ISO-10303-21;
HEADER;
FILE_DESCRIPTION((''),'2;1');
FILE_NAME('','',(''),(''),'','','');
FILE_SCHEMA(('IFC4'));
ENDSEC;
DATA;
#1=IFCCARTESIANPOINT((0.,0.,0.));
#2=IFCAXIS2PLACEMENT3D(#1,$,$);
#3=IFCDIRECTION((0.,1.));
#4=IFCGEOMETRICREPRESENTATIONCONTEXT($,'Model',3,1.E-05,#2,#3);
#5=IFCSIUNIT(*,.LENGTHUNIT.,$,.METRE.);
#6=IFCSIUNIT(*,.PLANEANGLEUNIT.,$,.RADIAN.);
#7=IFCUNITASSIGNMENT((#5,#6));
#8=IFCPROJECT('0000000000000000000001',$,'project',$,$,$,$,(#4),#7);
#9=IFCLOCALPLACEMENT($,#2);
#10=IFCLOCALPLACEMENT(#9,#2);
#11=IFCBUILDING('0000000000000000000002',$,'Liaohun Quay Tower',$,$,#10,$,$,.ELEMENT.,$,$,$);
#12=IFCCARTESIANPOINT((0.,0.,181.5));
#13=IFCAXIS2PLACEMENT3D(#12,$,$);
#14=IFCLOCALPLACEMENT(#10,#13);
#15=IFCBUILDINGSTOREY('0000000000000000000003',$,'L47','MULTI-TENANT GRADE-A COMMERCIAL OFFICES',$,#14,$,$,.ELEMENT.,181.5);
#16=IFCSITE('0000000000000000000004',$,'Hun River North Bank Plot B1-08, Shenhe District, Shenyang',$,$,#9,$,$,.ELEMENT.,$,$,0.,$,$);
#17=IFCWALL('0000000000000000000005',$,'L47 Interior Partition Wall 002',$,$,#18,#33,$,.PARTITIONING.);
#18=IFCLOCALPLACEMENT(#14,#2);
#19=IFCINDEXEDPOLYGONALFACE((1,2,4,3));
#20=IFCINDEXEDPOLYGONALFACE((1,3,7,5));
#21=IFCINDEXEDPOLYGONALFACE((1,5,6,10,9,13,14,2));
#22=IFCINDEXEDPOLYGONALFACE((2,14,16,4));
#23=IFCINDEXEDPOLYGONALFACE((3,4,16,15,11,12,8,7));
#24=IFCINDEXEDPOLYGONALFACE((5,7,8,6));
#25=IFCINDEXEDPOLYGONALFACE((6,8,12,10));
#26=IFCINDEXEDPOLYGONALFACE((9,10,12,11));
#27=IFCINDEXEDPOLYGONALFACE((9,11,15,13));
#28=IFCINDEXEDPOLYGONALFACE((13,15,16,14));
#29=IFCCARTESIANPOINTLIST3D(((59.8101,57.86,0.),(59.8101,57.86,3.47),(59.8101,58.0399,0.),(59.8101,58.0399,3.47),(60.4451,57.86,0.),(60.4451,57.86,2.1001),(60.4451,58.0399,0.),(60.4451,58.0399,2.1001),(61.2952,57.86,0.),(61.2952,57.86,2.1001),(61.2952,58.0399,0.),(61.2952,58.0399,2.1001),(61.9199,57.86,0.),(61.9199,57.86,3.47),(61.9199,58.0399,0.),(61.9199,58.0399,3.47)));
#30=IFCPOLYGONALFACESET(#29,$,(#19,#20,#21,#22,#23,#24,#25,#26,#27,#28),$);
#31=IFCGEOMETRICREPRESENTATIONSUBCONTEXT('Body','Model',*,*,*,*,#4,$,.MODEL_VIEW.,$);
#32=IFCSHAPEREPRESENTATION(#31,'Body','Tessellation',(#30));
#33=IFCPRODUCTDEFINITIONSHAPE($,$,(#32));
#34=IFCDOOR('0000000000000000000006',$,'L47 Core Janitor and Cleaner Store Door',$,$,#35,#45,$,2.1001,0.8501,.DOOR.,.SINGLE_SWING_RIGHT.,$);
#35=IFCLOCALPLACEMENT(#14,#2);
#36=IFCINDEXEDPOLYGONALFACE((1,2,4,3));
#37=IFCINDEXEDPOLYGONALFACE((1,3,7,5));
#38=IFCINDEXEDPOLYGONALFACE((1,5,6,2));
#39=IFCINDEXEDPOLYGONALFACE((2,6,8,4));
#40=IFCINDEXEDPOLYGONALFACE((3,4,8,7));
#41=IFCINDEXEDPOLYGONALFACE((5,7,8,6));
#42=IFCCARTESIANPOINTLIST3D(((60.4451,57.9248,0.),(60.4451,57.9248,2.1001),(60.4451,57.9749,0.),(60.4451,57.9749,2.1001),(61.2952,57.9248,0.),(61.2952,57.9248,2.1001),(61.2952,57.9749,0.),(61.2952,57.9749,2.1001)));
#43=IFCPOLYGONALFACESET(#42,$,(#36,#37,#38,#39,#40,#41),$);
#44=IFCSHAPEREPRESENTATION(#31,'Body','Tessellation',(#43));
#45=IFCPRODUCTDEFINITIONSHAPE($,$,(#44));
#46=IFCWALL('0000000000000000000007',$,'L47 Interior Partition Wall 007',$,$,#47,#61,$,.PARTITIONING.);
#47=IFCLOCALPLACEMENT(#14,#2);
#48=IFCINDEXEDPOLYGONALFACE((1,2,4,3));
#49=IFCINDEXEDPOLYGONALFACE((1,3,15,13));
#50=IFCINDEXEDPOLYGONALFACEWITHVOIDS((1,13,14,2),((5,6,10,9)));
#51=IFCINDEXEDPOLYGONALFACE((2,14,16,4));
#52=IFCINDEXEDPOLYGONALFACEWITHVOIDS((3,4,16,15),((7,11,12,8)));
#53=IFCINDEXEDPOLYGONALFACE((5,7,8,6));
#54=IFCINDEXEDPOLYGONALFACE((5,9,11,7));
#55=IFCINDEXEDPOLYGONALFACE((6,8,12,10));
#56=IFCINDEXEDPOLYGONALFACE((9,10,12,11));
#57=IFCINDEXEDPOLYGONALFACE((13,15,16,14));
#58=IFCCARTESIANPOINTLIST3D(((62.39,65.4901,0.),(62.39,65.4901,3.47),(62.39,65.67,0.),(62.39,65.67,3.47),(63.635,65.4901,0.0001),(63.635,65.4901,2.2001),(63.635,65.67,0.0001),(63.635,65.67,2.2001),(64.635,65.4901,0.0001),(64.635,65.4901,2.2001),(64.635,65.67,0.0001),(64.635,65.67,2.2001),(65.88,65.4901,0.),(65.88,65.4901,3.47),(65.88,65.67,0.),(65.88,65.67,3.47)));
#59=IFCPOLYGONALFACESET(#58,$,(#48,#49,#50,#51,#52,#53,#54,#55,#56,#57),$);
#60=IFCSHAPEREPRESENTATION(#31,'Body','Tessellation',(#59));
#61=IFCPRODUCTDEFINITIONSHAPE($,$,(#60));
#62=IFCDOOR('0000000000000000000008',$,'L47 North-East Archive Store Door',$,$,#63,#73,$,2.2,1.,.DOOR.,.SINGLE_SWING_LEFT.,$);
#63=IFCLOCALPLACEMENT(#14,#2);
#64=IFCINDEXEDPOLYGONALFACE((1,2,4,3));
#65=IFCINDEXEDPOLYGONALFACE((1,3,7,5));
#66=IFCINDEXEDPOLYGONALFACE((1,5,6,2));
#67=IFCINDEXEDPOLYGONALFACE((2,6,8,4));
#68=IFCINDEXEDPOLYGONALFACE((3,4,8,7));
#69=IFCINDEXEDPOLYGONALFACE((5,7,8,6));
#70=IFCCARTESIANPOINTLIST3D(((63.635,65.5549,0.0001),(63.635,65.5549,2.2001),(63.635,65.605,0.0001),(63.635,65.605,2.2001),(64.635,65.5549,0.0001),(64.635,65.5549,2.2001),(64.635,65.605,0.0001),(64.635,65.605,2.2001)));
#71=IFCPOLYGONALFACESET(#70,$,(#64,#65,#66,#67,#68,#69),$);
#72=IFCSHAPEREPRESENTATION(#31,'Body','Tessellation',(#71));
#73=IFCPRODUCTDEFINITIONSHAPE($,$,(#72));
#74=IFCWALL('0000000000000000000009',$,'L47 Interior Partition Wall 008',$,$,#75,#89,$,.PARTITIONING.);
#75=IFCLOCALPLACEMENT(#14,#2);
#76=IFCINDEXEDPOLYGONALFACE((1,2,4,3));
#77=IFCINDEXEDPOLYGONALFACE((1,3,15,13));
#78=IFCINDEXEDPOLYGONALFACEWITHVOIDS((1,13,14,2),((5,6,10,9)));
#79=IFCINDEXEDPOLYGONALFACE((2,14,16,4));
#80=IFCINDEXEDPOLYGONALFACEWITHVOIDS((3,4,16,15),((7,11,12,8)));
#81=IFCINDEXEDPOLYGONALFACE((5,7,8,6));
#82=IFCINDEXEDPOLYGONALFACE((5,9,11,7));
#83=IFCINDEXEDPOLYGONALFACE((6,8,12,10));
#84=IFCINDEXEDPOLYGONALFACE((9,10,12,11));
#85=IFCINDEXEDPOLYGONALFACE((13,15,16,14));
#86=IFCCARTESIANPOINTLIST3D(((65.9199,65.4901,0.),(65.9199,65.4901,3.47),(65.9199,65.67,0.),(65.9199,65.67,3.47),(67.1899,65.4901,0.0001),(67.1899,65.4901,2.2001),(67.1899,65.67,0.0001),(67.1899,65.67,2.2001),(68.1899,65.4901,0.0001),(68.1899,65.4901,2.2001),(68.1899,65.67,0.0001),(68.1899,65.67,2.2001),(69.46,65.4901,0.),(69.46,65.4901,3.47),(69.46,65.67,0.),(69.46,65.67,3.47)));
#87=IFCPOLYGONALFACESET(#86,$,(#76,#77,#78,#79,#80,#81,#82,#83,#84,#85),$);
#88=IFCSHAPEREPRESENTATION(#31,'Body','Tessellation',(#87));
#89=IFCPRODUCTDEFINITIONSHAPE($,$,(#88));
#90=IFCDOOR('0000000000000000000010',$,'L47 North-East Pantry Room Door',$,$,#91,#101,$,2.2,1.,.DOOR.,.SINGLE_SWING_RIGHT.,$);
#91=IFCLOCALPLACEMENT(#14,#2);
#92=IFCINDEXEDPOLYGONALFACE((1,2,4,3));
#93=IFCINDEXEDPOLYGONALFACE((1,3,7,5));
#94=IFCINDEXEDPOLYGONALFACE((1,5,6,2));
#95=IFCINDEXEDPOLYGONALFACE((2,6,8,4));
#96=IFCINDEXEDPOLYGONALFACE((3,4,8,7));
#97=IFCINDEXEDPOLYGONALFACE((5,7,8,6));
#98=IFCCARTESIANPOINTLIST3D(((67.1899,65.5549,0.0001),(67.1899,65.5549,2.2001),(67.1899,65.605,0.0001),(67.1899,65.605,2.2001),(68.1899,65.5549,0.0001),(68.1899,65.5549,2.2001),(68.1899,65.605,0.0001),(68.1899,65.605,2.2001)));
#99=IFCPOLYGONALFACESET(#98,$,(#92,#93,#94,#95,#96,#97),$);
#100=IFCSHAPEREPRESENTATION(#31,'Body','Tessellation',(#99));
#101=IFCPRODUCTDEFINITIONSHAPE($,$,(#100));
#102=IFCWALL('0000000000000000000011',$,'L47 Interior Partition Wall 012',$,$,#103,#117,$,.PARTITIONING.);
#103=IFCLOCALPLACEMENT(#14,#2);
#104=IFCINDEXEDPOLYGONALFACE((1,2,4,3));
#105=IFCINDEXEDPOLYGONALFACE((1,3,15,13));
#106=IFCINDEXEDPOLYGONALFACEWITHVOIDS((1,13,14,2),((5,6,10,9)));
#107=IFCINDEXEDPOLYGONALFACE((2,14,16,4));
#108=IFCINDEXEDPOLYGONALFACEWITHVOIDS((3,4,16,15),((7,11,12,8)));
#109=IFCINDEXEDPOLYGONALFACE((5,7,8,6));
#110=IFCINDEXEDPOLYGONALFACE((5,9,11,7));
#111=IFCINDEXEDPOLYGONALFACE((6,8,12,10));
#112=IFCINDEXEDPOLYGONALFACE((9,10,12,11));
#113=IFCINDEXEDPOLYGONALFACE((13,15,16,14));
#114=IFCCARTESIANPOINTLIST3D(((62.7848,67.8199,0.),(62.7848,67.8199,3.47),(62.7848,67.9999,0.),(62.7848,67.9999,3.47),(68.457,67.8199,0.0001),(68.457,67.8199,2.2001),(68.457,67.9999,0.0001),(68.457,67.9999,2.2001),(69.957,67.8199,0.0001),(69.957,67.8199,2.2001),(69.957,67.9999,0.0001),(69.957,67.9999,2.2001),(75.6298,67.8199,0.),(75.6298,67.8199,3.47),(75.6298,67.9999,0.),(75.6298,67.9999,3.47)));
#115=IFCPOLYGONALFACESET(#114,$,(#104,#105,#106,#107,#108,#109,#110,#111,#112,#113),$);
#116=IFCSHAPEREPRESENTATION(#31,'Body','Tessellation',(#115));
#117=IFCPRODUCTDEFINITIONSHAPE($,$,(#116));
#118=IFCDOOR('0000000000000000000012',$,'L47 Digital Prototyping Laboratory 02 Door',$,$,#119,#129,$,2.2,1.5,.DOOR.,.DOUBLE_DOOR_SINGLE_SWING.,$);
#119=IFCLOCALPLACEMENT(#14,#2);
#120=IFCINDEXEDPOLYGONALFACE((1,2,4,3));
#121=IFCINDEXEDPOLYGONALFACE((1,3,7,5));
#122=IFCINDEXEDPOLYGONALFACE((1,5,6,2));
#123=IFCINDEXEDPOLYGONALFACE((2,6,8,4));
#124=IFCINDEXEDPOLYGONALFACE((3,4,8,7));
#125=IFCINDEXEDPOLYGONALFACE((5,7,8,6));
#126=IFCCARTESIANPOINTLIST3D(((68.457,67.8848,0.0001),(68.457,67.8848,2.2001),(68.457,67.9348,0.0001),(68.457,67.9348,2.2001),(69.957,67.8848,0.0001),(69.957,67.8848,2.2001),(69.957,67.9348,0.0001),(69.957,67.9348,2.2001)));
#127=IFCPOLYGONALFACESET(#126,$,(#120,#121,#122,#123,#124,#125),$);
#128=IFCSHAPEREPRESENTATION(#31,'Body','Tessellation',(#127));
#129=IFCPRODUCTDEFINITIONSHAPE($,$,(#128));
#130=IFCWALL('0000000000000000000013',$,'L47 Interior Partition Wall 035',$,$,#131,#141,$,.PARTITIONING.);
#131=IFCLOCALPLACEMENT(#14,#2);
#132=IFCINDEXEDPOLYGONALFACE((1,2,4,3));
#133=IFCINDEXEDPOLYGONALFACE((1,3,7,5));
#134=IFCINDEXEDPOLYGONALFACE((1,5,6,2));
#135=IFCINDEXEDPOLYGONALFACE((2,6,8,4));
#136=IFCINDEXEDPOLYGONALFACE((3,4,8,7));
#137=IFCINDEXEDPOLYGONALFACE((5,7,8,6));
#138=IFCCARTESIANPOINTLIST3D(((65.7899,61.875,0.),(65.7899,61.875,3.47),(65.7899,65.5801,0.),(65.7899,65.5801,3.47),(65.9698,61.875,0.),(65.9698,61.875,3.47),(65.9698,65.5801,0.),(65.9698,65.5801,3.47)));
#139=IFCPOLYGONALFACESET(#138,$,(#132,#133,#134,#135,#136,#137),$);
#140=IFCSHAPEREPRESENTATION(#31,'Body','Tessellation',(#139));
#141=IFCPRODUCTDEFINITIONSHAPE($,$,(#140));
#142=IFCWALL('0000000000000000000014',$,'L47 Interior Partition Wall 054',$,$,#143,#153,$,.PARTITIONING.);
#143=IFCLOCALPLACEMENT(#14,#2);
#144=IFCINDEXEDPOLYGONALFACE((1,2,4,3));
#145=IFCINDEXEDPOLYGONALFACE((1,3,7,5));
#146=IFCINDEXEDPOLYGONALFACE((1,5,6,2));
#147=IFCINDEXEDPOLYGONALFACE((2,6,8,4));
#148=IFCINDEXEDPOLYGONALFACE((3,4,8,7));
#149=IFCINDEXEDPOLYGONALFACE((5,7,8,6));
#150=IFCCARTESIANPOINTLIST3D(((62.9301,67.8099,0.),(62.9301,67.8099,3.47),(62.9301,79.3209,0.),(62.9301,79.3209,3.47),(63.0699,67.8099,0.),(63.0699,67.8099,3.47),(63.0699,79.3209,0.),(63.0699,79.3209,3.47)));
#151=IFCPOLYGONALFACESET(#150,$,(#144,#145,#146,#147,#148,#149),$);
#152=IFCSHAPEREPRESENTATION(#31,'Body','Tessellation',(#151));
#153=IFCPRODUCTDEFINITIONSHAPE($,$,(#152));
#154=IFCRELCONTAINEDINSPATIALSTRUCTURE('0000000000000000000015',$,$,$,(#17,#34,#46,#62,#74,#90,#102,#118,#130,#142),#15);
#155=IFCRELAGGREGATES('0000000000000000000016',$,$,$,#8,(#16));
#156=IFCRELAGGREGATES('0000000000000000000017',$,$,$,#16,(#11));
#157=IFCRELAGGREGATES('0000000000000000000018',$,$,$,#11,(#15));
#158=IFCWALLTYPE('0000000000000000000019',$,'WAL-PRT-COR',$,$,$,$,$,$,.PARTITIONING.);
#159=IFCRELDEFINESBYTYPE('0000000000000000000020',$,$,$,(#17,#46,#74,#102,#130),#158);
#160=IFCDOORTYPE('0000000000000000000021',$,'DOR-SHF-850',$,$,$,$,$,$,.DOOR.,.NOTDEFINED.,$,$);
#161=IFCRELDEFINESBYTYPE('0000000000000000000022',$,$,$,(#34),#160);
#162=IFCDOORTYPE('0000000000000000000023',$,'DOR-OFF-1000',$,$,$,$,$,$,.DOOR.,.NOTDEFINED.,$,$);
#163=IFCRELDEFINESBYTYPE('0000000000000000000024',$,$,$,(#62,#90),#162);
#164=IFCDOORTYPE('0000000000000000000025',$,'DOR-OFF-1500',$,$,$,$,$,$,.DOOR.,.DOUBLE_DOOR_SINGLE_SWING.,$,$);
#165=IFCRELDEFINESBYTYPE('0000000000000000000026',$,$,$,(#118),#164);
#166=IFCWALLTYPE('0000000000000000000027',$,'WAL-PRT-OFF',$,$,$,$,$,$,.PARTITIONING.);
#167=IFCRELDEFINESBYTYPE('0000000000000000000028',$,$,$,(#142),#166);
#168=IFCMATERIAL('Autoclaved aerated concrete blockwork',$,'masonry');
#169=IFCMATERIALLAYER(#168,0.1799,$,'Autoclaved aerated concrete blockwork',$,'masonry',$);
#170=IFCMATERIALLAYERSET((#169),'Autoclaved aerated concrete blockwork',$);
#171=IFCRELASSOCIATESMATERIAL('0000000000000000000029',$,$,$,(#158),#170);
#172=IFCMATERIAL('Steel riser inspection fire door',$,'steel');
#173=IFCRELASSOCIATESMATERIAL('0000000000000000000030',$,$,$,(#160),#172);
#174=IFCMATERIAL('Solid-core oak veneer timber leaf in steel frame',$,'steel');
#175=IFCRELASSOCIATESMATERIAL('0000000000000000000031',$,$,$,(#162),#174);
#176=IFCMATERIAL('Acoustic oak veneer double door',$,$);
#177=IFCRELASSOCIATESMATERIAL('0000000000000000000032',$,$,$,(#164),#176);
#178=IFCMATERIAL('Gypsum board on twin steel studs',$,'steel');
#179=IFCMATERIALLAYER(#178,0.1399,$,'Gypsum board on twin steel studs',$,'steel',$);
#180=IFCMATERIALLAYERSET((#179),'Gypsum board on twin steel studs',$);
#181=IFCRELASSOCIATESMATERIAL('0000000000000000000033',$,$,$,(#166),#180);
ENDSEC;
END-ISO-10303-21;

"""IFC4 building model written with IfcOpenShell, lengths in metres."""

from ifc_helpers import new_model, si_unit, direction, frame, frame_2d, origin, place, context, subcontext, project, spatial, rectangle, extrude, source, transform, mapped, material, layer, layer_set, type_object, element, fill, save


model = new_model("IFC4")

# Units and contexts
model_context = context("Model", 3, precision=1e-05, world=origin(), true_north=direction((0.0, 1.0)))
body_context = subcontext(model_context, "Body", "Model", "MODEL_VIEW")
ifc_project = project(units=[si_unit("LENGTHUNIT", "METRE"), si_unit("PLANEANGLEUNIT", "RADIAN")], contexts=[model_context])

# Site, building, storey
site_placement = place(None, origin())
site = spatial("IfcSite", under=ifc_project, at=site_placement, Name="Hun River North Bank Plot B1-08, Shenhe District, Shenyang", CompositionType="ELEMENT", RefElevation=0.0)
building_placement = place(site_placement, origin())
building = spatial("IfcBuilding", under=site, at=building_placement, Name="Liaohun Quay Tower", CompositionType="ELEMENT")
storey_placement = place(building_placement, frame((0.0, 0.0, 181.5)))
storey = spatial("IfcBuildingStorey", under=building, at=storey_placement, Name="L47", Description="MULTI-TENANT GRADE-A COMMERCIAL OFFICES", CompositionType="ELEMENT", Elevation=181.5)

# Walls, openings, doors
ifc_material_1 = material(Name="Autoclaved aerated concrete blockwork", Category="masonry")
ifc_layer_1 = layer(ifc_material_1, 0.1799, Name="Autoclaved aerated concrete blockwork", Category="masonry")
ifc_layer_set_1 = layer_set([ifc_layer_1], Name="Autoclaved aerated concrete blockwork")
wall_type_1 = type_object("IfcWallType", Name="WAL-PRT-COR", PredefinedType="PARTITIONING", material=ifc_layer_set_1)
wall_1_placement = place(storey_placement, frame((59.8101, 57.95, 0.0), z_axis=(0.0, 0.0, 1.0), x_axis=(1.0, 0.0, 0.0)))
wall_1 = element("IfcWall", 1, at=wall_1_placement, inside=storey, type_object=wall_type_1, Name="L47 Interior Partition Wall 002", PredefinedType="PARTITIONING", context=body_context, shape_type="SweptSolid", body=[
    extrude(rectangle(XDim=2.1099, YDim=0.1799, at=frame_2d((1.0549, 0.0))), origin(), (0.0, 0.0, 1.0), 3.47),
])
shared_shape_1 = source(origin(), body_context, "Body", "SweptSolid", [
    extrude(rectangle(XDim=0.8501, YDim=2.1001, at=frame_2d((0.425, 1.05))), frame((0.0, 0.0999, 0.0), z_axis=(0.0, -1.0, 0.0), x_axis=(1.0, 0.0, 0.0)), (0.0, 0.0, 1.0), 0.2),
])
opening_1_placement = place(wall_1_placement, frame((0.635, 0.0, 0.0)))
opening_1 = element("IfcOpeningElement", 2, at=opening_1_placement, cuts=wall_1, PredefinedType="OPENING", context=body_context, shape_type="MappedRepresentation", body=[
    mapped(shared_shape_1, transform((0.0, 0.0, 0.0), x_axis=(1.0, 0.0, 0.0), y_axis=(0.0, 1.0, 0.0), z_axis=(0.0, 0.0, 1.0), scale=1.0)),
])
ifc_material_2 = material(Name="Steel riser inspection fire door", Category="steel")
door_type_1 = type_object("IfcDoorType", Name="DOR-SHF-850", OperationType="NOTDEFINED", PredefinedType="DOOR", material=ifc_material_2)
shared_shape_2 = source(origin(), body_context, "Body", "SweptSolid", [
    extrude(rectangle(XDim=0.8501, YDim=2.1001, at=frame_2d((0.425, 1.05))), frame((0.0, 0.0249, 0.0), z_axis=(0.0, -1.0, 0.0), x_axis=(1.0, 0.0, 0.0)), (0.0, 0.0, 1.0), 0.05),
])
door_1_placement = place(opening_1_placement, origin())
door_1 = element("IfcDoor", 3, at=door_1_placement, inside=storey, type_object=door_type_1, Name="L47 Core Janitor and Cleaner Store Door", OperationType="SINGLE_SWING_RIGHT", OverallHeight=2.1001, OverallWidth=0.8501, PredefinedType="DOOR", context=body_context, shape_type="MappedRepresentation", body=[
    mapped(shared_shape_2, transform((0.0, 0.0, 0.0), x_axis=(1.0, 0.0, 0.0), y_axis=(0.0, 1.0, 0.0), z_axis=(0.0, 0.0, 1.0), scale=1.0)),
])
fill(opening_1, door_1)
wall_2_placement = place(storey_placement, frame((62.3899, 65.5801, 0.0), z_axis=(0.0, 0.0, 1.0), x_axis=(1.0, 0.0, 0.0)))
wall_2 = element("IfcWall", 4, at=wall_2_placement, inside=storey, type_object=wall_type_1, Name="L47 Interior Partition Wall 007", PredefinedType="PARTITIONING", context=body_context, shape_type="SweptSolid", body=[
    extrude(rectangle(XDim=3.49, YDim=0.1799, at=frame_2d((1.7451, 0.0))), origin(), (0.0, 0.0, 1.0), 3.47),
])
shared_shape_3 = source(origin(), body_context, "Body", "SweptSolid", [
    extrude(rectangle(XDim=1.0, YDim=2.2, at=frame_2d((0.5, 1.1001))), frame((0.0, 0.0999, 0.0), z_axis=(0.0, -1.0, 0.0), x_axis=(1.0, 0.0, 0.0)), (0.0, 0.0, 1.0), 0.2),
])
opening_2_placement = place(wall_2_placement, frame((1.2451, 0.0, 0.0)))
opening_2 = element("IfcOpeningElement", 5, at=opening_2_placement, cuts=wall_2, PredefinedType="OPENING", context=body_context, shape_type="MappedRepresentation", body=[
    mapped(shared_shape_3, transform((0.0, 0.0, 0.0), x_axis=(1.0, 0.0, 0.0), y_axis=(0.0, 1.0, 0.0), z_axis=(0.0, 0.0, 1.0), scale=1.0)),
])
ifc_material_3 = material(Name="Solid-core oak veneer timber leaf in steel frame", Category="steel")
door_type_2 = type_object("IfcDoorType", Name="DOR-OFF-1000", OperationType="NOTDEFINED", PredefinedType="DOOR", material=ifc_material_3)
shared_shape_4 = source(origin(), body_context, "Body", "SweptSolid", [
    extrude(rectangle(XDim=1.0, YDim=2.2, at=frame_2d((0.5, 1.1001))), frame((0.0, 0.0249, 0.0), z_axis=(0.0, -1.0, 0.0), x_axis=(1.0, 0.0, 0.0)), (0.0, 0.0, 1.0), 0.05),
])
door_2_placement = place(opening_2_placement, origin())
door_2 = element("IfcDoor", 6, at=door_2_placement, inside=storey, type_object=door_type_2, Name="L47 North-East Archive Store Door", OperationType="SINGLE_SWING_LEFT", OverallHeight=2.2, OverallWidth=1.0, PredefinedType="DOOR", context=body_context, shape_type="MappedRepresentation", body=[
    mapped(shared_shape_4, transform((0.0, 0.0, 0.0), x_axis=(1.0, 0.0, 0.0), y_axis=(0.0, 1.0, 0.0), z_axis=(0.0, 0.0, 1.0), scale=1.0)),
])
fill(opening_2, door_2)
wall_3_placement = place(storey_placement, frame((65.9199, 65.5801, 0.0), z_axis=(0.0, 0.0, 1.0), x_axis=(1.0, 0.0, 0.0)))
wall_3 = element("IfcWall", 7, at=wall_3_placement, inside=storey, type_object=wall_type_1, Name="L47 Interior Partition Wall 008", PredefinedType="PARTITIONING", context=body_context, shape_type="SweptSolid", body=[
    extrude(rectangle(XDim=3.54, YDim=0.1799, at=frame_2d((1.77, 0.0))), origin(), (0.0, 0.0, 1.0), 3.47),
])
opening_3_placement = place(wall_3_placement, frame((1.27, 0.0, 0.0)))
opening_3 = element("IfcOpeningElement", 8, at=opening_3_placement, cuts=wall_3, PredefinedType="OPENING", context=body_context, shape_type="MappedRepresentation", body=[
    mapped(shared_shape_3, transform((0.0, 0.0, 0.0), x_axis=(1.0, 0.0, 0.0), y_axis=(0.0, 1.0, 0.0), z_axis=(0.0, 0.0, 1.0), scale=1.0)),
])
door_3_placement = place(opening_3_placement, origin())
door_3 = element("IfcDoor", 9, at=door_3_placement, inside=storey, type_object=door_type_2, Name="L47 North-East Pantry Room Door", OperationType="SINGLE_SWING_RIGHT", OverallHeight=2.2, OverallWidth=1.0, PredefinedType="DOOR", context=body_context, shape_type="MappedRepresentation", body=[
    mapped(shared_shape_4, transform((0.0, 0.0, 0.0), x_axis=(1.0, 0.0, 0.0), y_axis=(0.0, 1.0, 0.0), z_axis=(0.0, 0.0, 1.0), scale=1.0)),
])
fill(opening_3, door_3)
wall_4_placement = place(storey_placement, frame((62.7849, 67.9099, 0.0), z_axis=(0.0, 0.0, 1.0), x_axis=(1.0, 0.0, 0.0)))
wall_4 = element("IfcWall", 10, at=wall_4_placement, inside=storey, type_object=wall_type_1, Name="L47 Interior Partition Wall 012", PredefinedType="PARTITIONING", context=body_context, shape_type="SweptSolid", body=[
    extrude(rectangle(XDim=12.845, YDim=0.1799, at=frame_2d((6.4224, 0.0))), origin(), (0.0, 0.0, 1.0), 3.47),
])
shared_shape_5 = source(origin(), body_context, "Body", "SweptSolid", [
    extrude(rectangle(XDim=1.5, YDim=2.2, at=frame_2d((0.75, 1.1001))), frame((0.0, 0.0999, 0.0), z_axis=(0.0, -1.0, 0.0), x_axis=(1.0, 0.0, 0.0)), (0.0, 0.0, 1.0), 0.2),
])
opening_4_placement = place(wall_4_placement, frame((5.6721, 0.0, 0.0)))
opening_4 = element("IfcOpeningElement", 11, at=opening_4_placement, cuts=wall_4, PredefinedType="OPENING", context=body_context, shape_type="MappedRepresentation", body=[
    mapped(shared_shape_5, transform((0.0, 0.0, 0.0), x_axis=(1.0, 0.0, 0.0), y_axis=(0.0, 1.0, 0.0), z_axis=(0.0, 0.0, 1.0), scale=1.0)),
])
ifc_material_4 = material(Name="Acoustic oak veneer double door")
door_type_3 = type_object("IfcDoorType", Name="DOR-OFF-1500", OperationType="DOUBLE_DOOR_SINGLE_SWING", PredefinedType="DOOR", material=ifc_material_4)
shared_shape_6 = source(origin(), body_context, "Body", "SweptSolid", [
    extrude(rectangle(XDim=1.5, YDim=2.2, at=frame_2d((0.75, 1.1001))), frame((0.0, 0.0249, 0.0), z_axis=(0.0, -1.0, 0.0), x_axis=(1.0, 0.0, 0.0)), (0.0, 0.0, 1.0), 0.05),
])
door_4_placement = place(opening_4_placement, origin())
door_4 = element("IfcDoor", 12, at=door_4_placement, inside=storey, type_object=door_type_3, Name="L47 Digital Prototyping Laboratory 02 Door", OperationType="DOUBLE_DOOR_SINGLE_SWING", OverallHeight=2.2, OverallWidth=1.5, PredefinedType="DOOR", context=body_context, shape_type="MappedRepresentation", body=[
    mapped(shared_shape_6, transform((0.0, 0.0, 0.0), x_axis=(1.0, 0.0, 0.0), y_axis=(0.0, 1.0, 0.0), z_axis=(0.0, 0.0, 1.0), scale=1.0)),
])
fill(opening_4, door_4)

# Walls
wall_5_placement = place(storey_placement, frame((65.8799, 61.875, 0.0), z_axis=(0.0, 0.0, 1.0), x_axis=(0.0, 1.0, 0.0)))
element("IfcWall", 13, at=wall_5_placement, inside=storey, type_object=wall_type_1, Name="L47 Interior Partition Wall 035", PredefinedType="PARTITIONING", context=body_context, shape_type="SweptSolid", body=[
    extrude(rectangle(XDim=3.7051, YDim=0.1799, at=frame_2d((1.8525, 0.0))), origin(), (0.0, 0.0, 1.0), 3.47),
])
ifc_material_5 = material(Name="Gypsum board on twin steel studs", Category="steel")
ifc_layer_2 = layer(ifc_material_5, 0.1399, Name="Gypsum board on twin steel studs", Category="steel")
ifc_layer_set_2 = layer_set([ifc_layer_2], Name="Gypsum board on twin steel studs")
wall_type_2 = type_object("IfcWallType", Name="WAL-PRT-OFF", PredefinedType="PARTITIONING", material=ifc_layer_set_2)
wall_6_placement = place(storey_placement, frame((63.0, 67.8101, 0.0), z_axis=(0.0, 0.0, 1.0), x_axis=(0.0, 1.0, 0.0)))
element("IfcWall", 14, at=wall_6_placement, inside=storey, type_object=wall_type_2, Name="L47 Interior Partition Wall 054", PredefinedType="PARTITIONING", context=body_context, shape_type="SweptSolid", body=[
    extrude(rectangle(XDim=11.511, YDim=0.1399, at=frame_2d((5.7554, 0.0))), origin(), (0.0, 0.0, 1.0), 3.47),
])

save(model, "model.ifc")
